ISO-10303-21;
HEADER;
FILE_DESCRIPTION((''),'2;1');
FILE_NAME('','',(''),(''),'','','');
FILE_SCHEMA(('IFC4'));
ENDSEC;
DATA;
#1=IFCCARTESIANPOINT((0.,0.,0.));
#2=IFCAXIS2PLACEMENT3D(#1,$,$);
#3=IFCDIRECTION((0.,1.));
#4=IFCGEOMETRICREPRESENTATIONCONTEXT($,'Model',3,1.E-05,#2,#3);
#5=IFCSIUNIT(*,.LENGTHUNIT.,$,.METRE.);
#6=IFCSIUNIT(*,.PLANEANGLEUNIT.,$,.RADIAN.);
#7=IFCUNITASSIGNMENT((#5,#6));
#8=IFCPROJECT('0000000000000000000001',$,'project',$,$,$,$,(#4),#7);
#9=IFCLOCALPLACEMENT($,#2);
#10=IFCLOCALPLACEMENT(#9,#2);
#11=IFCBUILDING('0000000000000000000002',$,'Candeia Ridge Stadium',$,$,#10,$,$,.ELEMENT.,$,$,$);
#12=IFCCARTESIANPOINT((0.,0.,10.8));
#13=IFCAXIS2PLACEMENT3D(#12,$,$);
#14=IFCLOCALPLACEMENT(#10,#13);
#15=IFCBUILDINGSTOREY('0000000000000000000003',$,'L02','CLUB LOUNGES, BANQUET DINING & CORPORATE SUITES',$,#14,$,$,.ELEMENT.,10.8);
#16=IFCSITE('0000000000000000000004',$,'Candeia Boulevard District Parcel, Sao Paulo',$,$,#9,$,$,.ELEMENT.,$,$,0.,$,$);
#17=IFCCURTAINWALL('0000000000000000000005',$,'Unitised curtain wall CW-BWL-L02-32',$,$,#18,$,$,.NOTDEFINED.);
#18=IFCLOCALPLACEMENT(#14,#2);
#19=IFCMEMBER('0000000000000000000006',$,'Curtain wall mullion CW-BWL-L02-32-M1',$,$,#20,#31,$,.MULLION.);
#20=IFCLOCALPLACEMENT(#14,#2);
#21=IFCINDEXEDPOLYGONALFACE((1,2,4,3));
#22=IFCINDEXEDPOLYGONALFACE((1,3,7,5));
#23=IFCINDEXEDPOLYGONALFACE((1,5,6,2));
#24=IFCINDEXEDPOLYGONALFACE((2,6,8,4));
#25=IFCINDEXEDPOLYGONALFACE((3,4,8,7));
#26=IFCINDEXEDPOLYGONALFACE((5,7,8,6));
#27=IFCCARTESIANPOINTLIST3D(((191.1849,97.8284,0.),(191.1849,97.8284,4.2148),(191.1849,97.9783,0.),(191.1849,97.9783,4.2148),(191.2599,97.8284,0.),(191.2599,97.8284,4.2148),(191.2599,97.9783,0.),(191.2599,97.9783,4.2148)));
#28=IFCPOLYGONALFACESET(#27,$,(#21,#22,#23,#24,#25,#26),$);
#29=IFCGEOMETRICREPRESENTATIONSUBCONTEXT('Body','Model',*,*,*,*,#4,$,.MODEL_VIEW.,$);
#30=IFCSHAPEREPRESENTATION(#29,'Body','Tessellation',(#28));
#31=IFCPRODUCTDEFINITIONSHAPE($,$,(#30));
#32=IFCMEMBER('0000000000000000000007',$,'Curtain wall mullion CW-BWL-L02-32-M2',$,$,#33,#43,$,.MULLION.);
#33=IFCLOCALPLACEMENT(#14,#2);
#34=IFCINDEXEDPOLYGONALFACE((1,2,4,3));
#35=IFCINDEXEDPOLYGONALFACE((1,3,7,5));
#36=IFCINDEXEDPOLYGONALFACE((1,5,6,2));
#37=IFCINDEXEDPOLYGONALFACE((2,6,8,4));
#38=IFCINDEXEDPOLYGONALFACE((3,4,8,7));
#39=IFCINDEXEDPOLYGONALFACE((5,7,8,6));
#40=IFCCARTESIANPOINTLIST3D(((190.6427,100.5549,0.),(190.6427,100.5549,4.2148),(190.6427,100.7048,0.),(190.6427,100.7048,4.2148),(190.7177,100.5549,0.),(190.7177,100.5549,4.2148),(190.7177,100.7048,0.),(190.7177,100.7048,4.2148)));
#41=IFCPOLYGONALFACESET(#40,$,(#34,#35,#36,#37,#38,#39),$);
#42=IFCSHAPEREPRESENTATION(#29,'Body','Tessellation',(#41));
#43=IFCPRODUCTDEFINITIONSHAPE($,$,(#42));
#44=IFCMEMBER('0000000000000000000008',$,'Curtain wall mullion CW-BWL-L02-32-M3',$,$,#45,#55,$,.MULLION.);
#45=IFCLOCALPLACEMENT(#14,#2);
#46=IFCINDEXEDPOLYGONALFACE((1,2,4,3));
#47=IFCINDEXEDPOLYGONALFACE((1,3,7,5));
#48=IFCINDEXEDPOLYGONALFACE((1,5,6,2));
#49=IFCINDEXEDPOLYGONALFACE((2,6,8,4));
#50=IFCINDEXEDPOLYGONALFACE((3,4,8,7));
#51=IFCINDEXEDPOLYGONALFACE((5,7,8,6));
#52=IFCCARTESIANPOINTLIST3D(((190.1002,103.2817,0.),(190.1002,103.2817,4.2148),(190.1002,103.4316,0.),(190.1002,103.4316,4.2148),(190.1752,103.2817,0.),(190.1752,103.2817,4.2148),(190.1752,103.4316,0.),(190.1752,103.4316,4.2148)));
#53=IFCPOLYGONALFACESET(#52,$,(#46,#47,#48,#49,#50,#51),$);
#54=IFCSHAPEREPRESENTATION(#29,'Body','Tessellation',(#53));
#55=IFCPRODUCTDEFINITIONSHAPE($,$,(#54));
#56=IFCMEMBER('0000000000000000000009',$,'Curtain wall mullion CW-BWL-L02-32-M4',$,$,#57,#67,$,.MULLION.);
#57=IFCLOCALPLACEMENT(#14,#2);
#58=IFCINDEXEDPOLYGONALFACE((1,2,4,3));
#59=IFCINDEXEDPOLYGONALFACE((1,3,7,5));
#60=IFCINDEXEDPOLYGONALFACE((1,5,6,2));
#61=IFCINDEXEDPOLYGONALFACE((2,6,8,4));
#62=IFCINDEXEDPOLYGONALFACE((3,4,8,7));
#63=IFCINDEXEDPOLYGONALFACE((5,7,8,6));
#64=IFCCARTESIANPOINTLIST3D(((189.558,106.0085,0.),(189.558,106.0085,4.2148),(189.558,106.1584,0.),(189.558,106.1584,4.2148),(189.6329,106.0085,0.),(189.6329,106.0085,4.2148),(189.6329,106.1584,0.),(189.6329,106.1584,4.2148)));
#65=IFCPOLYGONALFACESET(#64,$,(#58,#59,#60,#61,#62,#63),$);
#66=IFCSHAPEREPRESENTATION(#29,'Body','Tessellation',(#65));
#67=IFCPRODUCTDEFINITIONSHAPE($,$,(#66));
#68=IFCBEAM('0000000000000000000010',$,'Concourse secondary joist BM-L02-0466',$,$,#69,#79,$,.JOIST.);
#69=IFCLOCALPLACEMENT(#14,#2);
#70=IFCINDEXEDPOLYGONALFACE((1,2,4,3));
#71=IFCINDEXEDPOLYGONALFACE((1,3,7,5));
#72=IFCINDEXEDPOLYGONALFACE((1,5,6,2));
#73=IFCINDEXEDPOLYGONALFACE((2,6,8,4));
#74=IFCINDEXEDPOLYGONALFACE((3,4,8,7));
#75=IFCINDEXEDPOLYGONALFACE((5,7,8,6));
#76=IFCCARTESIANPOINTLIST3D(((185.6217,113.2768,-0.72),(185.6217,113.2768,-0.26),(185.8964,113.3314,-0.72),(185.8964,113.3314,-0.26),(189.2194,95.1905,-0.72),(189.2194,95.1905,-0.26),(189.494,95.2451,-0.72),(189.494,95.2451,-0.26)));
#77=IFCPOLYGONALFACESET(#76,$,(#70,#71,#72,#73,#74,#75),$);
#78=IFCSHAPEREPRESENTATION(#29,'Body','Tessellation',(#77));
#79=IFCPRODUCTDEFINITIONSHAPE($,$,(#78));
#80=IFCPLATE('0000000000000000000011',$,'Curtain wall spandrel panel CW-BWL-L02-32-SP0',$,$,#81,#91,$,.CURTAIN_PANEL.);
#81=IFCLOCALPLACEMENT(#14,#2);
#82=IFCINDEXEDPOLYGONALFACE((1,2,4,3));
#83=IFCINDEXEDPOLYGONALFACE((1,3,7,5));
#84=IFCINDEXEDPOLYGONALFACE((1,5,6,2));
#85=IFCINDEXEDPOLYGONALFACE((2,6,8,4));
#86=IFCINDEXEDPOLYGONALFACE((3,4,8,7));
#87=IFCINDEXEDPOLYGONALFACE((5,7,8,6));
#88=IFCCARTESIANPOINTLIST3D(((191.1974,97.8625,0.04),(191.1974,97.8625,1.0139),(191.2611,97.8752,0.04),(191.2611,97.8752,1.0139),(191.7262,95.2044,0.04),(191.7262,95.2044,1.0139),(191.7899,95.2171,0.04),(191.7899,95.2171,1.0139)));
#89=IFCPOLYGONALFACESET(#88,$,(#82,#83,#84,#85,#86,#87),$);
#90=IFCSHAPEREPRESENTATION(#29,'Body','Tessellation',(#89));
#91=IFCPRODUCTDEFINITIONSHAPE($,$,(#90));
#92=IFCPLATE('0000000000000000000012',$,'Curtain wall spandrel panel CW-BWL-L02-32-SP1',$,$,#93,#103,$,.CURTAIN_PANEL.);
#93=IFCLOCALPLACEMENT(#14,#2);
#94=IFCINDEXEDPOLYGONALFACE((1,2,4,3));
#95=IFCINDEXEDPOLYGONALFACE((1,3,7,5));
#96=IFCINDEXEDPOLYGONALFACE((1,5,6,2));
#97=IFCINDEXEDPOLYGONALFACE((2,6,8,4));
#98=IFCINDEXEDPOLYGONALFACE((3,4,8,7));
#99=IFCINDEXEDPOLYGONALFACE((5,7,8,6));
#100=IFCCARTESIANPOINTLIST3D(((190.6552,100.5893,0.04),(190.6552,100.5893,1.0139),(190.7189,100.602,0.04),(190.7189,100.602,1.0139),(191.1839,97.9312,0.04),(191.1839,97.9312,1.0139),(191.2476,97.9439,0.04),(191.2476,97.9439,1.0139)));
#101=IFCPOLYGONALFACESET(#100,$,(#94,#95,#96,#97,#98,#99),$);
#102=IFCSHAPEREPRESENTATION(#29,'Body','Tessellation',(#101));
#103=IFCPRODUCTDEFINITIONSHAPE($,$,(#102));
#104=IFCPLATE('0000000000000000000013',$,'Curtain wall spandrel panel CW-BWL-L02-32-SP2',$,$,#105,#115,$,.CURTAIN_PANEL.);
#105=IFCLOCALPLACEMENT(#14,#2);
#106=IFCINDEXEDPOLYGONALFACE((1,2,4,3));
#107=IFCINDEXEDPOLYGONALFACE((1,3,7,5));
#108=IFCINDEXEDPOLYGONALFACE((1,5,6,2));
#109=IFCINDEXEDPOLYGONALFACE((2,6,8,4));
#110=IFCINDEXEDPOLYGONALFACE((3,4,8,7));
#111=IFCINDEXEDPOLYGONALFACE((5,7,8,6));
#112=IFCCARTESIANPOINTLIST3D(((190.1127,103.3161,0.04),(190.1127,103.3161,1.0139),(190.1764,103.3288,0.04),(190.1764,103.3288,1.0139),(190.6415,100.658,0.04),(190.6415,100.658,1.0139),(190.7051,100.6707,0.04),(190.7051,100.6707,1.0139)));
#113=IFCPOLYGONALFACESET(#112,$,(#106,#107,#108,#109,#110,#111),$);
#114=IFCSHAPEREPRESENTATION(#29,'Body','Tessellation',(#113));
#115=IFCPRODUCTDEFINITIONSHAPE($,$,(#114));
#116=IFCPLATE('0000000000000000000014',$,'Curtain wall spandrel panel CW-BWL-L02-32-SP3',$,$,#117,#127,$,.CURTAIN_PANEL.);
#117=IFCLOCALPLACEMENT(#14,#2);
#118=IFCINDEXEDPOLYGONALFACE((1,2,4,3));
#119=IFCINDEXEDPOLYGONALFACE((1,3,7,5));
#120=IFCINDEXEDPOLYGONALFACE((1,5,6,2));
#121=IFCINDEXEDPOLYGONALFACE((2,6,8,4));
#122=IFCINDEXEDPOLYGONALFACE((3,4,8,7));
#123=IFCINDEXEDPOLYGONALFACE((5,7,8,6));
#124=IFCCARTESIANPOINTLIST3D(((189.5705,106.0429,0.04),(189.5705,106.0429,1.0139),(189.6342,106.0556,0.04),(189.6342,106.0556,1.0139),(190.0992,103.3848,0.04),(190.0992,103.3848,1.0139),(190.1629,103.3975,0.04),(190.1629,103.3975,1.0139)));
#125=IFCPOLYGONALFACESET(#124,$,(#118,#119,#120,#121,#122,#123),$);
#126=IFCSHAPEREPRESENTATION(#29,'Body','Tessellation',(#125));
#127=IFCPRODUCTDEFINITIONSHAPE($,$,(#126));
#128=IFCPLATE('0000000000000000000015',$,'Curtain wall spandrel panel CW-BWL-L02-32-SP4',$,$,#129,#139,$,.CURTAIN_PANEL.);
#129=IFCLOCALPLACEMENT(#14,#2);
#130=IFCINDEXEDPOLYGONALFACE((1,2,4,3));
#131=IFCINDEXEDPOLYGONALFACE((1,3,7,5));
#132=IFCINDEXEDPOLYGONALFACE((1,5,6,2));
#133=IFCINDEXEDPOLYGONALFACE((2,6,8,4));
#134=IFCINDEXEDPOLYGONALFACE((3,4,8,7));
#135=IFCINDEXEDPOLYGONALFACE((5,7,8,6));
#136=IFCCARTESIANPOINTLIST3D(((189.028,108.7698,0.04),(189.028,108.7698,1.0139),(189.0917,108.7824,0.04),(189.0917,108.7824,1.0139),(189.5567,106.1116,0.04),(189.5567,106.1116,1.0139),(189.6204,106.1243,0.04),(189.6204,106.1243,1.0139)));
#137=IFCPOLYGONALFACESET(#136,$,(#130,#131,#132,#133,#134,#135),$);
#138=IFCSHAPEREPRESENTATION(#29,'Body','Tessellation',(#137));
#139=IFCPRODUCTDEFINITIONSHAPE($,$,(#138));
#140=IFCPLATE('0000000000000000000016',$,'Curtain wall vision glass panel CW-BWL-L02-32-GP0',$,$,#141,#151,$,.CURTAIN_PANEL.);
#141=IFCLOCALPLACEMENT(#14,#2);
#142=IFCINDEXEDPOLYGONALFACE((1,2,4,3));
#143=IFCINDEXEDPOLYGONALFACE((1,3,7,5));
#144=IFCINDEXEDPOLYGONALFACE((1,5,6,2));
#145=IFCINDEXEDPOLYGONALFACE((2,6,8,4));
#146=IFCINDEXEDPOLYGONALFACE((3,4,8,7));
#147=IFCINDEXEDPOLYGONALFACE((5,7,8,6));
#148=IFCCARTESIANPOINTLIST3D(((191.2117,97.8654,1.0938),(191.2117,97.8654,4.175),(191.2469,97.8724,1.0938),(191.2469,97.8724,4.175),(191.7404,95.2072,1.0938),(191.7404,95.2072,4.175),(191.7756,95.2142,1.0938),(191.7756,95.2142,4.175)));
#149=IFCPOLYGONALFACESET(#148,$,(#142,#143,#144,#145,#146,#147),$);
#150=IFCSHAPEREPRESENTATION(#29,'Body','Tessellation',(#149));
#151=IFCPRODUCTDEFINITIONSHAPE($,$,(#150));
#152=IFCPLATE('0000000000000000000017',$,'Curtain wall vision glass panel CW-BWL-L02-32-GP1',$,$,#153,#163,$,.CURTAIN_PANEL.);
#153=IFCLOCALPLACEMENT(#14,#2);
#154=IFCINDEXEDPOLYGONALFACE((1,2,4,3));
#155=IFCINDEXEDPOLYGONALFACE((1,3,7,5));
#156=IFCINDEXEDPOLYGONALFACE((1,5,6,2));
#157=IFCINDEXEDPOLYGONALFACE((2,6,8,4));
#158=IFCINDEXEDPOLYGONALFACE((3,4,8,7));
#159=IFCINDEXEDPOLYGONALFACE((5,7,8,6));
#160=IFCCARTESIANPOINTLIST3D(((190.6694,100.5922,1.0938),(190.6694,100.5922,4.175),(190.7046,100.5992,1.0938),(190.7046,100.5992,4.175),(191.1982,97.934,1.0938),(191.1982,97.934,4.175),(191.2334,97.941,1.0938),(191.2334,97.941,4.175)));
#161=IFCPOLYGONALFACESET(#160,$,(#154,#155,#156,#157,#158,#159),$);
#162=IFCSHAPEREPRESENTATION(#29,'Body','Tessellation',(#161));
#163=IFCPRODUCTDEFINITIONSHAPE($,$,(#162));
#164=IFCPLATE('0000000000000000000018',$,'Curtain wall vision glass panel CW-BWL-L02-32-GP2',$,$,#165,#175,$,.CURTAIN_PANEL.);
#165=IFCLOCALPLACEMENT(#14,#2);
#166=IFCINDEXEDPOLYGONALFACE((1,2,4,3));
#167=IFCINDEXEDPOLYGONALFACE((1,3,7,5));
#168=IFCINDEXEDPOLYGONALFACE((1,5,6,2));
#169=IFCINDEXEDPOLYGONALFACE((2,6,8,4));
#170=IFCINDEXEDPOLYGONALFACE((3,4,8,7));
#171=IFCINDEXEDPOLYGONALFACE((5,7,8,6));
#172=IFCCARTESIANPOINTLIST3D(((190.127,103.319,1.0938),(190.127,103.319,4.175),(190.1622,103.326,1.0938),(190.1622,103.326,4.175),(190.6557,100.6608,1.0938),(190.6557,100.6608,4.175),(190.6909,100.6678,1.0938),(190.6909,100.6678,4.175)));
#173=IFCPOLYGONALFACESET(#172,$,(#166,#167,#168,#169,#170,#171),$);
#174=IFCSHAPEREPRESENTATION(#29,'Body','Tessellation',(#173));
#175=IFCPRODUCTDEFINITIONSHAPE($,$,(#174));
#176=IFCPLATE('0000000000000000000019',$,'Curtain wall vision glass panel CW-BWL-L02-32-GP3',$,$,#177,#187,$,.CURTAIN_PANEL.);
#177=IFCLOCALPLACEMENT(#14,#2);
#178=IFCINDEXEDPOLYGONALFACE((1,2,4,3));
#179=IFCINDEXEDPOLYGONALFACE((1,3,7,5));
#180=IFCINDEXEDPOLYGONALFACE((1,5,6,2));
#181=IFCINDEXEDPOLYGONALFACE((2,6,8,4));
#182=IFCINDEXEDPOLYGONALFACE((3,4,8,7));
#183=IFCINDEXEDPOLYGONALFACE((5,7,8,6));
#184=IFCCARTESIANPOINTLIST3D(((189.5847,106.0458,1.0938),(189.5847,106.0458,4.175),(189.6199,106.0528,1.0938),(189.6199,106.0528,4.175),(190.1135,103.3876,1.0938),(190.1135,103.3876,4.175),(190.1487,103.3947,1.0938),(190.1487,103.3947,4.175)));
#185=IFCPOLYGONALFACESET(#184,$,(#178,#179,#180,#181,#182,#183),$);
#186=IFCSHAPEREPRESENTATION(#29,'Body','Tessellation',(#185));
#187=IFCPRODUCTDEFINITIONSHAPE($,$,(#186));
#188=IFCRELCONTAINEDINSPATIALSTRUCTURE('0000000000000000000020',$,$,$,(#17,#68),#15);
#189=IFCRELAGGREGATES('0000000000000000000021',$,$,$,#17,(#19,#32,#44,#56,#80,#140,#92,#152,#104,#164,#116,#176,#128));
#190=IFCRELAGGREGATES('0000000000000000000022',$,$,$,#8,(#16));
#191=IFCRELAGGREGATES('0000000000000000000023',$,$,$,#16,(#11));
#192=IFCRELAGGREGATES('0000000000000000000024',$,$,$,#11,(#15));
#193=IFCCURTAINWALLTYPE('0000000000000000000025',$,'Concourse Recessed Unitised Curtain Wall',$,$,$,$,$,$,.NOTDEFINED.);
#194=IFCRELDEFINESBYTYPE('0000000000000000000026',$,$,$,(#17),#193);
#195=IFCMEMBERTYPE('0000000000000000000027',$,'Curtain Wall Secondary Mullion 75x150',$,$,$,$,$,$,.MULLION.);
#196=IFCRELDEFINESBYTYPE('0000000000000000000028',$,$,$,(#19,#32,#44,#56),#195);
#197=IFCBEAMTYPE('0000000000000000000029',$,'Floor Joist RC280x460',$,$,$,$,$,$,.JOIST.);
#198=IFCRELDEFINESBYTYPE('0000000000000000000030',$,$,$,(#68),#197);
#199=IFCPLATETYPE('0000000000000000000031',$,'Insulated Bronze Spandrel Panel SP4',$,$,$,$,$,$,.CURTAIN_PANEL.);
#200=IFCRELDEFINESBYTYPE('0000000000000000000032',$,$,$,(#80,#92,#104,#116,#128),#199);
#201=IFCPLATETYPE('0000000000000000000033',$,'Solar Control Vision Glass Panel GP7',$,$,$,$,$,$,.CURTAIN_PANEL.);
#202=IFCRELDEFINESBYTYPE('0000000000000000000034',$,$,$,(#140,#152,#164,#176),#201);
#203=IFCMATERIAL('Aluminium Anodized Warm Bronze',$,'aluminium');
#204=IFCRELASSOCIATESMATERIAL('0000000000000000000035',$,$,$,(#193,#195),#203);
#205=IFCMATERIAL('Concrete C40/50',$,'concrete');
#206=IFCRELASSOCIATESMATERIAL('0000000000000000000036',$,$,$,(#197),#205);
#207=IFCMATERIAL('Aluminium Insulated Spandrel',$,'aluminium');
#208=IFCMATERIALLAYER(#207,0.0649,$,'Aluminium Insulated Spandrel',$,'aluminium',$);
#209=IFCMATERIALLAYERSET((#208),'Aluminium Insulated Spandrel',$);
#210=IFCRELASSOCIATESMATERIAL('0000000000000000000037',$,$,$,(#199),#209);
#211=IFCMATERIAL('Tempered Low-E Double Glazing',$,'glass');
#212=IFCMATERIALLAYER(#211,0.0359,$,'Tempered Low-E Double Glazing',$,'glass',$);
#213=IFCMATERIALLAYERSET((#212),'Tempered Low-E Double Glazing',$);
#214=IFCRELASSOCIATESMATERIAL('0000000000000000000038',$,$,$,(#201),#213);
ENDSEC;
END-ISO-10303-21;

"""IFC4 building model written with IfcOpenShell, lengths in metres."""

from ifc_helpers import new_model, si_unit, direction, frame, origin, origin_2d, place, context, subcontext, project, spatial, rectangle, extrude, material, layer, layer_set, material_profile, profile_set, type_object, element, aggregate, save


model = new_model("IFC4")

# Units and contexts
model_context = context("Model", 3, precision=1e-05, world=origin(), true_north=direction((0.0, 1.0)))
body_context = subcontext(model_context, "Body", "Model", "MODEL_VIEW")
ifc_project = project(units=[si_unit("LENGTHUNIT", "METRE"), si_unit("PLANEANGLEUNIT", "RADIAN")], contexts=[model_context])

# Site, building, storey
site_placement = place(None, origin())
site = spatial("IfcSite", under=ifc_project, at=site_placement, Name="Candeia Boulevard District Parcel, Sao Paulo", CompositionType="ELEMENT", RefElevation=0.0)
building_placement = place(site_placement, origin())
building = spatial("IfcBuilding", under=site, at=building_placement, Name="Candeia Ridge Stadium", CompositionType="ELEMENT")
storey_placement = place(building_placement, frame((0.0, 0.0, 10.8)))
storey = spatial("IfcBuildingStorey", under=building, at=storey_placement, Name="L02", Description="CLUB LOUNGES, BANQUET DINING & CORPORATE SUITES", CompositionType="ELEMENT", Elevation=10.8)

# Curtain wall, members
ifc_material_1 = material(Name="Aluminium Anodized Warm Bronze", Category="aluminium")
curtain_wall_type = type_object("IfcCurtainWallType", Name="Concourse Recessed Unitised Curtain Wall", PredefinedType="NOTDEFINED", material=ifc_material_1)
curtain_wall_placement = place(storey_placement, origin())
curtain_wall = element("IfcCurtainWall", 1, at=curtain_wall_placement, inside=storey, type_object=curtain_wall_type, Name="Unitised curtain wall CW-BWL-L02-32", PredefinedType="NOTDEFINED")
ifc_material_profile_1 = material_profile(ifc_material_1, rectangle(XDim=0.075, YDim=0.1499, at=origin_2d()), Name="CWM-75x150", Category="aluminium")
ifc_profile_set_1 = profile_set([ifc_material_profile_1], Name="Aluminium Anodized Warm Bronze")
member_type = type_object("IfcMemberType", Name="Curtain Wall Secondary Mullion 75x150", PredefinedType="MULLION", material=ifc_profile_set_1)
member_1_placement = place(storey_placement, frame((191.2224, 97.9033, 0.0), z_axis=(0.0, 0.0, 1.0), x_axis=(1.0, 0.0, 0.0)))
member_1 = element("IfcMember", 2, at=member_1_placement, type_object=member_type, Name="Curtain wall mullion CW-BWL-L02-32-M1", PredefinedType="MULLION", context=body_context, shape_type="SweptSolid", body=[
    extrude(rectangle(XDim=0.075, YDim=0.1499, at=origin_2d()), origin(), (0.0, 0.0, 1.0), 4.2148),
])
member_2_placement = place(storey_placement, frame((190.6802, 100.6299, 0.0), z_axis=(0.0, 0.0, 1.0), x_axis=(1.0, 0.0, 0.0)))
member_2 = element("IfcMember", 3, at=member_2_placement, type_object=member_type, Name="Curtain wall mullion CW-BWL-L02-32-M2", PredefinedType="MULLION", context=body_context, shape_type="SweptSolid", body=[
    extrude(rectangle(XDim=0.075, YDim=0.1499, at=origin_2d()), origin(), (0.0, 0.0, 1.0), 4.2148),
])
member_3_placement = place(storey_placement, frame((190.1377, 103.3567, 0.0), z_axis=(0.0, 0.0, 1.0), x_axis=(1.0, 0.0, 0.0)))
member_3 = element("IfcMember", 4, at=member_3_placement, type_object=member_type, Name="Curtain wall mullion CW-BWL-L02-32-M3", PredefinedType="MULLION", context=body_context, shape_type="SweptSolid", body=[
    extrude(rectangle(XDim=0.075, YDim=0.1499, at=origin_2d()), origin(), (0.0, 0.0, 1.0), 4.2148),
])
member_4_placement = place(storey_placement, frame((189.5955, 106.0835, 0.0), z_axis=(0.0, 0.0, 1.0), x_axis=(1.0, 0.0, 0.0)))
member_4 = element("IfcMember", 5, at=member_4_placement, type_object=member_type, Name="Curtain wall mullion CW-BWL-L02-32-M4", PredefinedType="MULLION", context=body_context, shape_type="SweptSolid", body=[
    extrude(rectangle(XDim=0.075, YDim=0.1499, at=origin_2d()), origin(), (0.0, 0.0, 1.0), 4.2148),
])

# Beam
ifc_material_2 = material(Name="Concrete C40/50", Category="concrete")
ifc_material_profile_2 = material_profile(ifc_material_2, rectangle(XDim=0.28, YDim=0.46, at=origin_2d()), Name="RC280x460", Category="concrete")
ifc_profile_set_2 = profile_set([ifc_material_profile_2], Name="Concrete C40/50")
beam_type = type_object("IfcBeamType", Name="Floor Joist RC280x460", PredefinedType="JOIST", material=ifc_profile_set_2)
beam_placement = place(storey_placement, frame((189.3567, 95.2178, -0.49), z_axis=(-0.195093, 0.980785, 0.0), x_axis=(-0.980785, -0.195093, 0.0)))
element("IfcBeam", 6, at=beam_placement, inside=storey, type_object=beam_type, Name="Concourse secondary joist BM-L02-0466", PredefinedType="JOIST", context=body_context, shape_type="SweptSolid", body=[
    extrude(rectangle(XDim=0.28, YDim=0.46, at=origin_2d()), origin(), (0.0, 0.0, 1.0), 18.4407),
])

# Plates
ifc_material_3 = material(Name="Aluminium Insulated Spandrel", Category="aluminium")
ifc_layer_1 = layer(ifc_material_3, 0.0649, Name="Aluminium Insulated Spandrel", Category="aluminium")
ifc_layer_set_1 = layer_set([ifc_layer_1], Name="Aluminium Insulated Spandrel")
plate_type_1 = type_object("IfcPlateType", Name="Insulated Bronze Spandrel Panel SP4", PredefinedType="CURTAIN_PANEL", material=ifc_layer_set_1)
plate_1_placement = place(storey_placement, frame((191.4937, 96.5398, 0.04), z_axis=(0.0, 0.0, 1.0), x_axis=(-0.19509, 0.980785, 0.0)))
plate_1 = element("IfcPlate", 7, at=plate_1_placement, type_object=plate_type_1, Name="Curtain wall spandrel panel CW-BWL-L02-32-SP0", PredefinedType="CURTAIN_PANEL", context=body_context, shape_type="SweptSolid", body=[
    extrude(rectangle(XDim=2.7102, YDim=0.0649, at=origin_2d()), origin(), (0.0, 0.0, 1.0), 0.9739),
])
plate_2_placement = place(storey_placement, frame((190.9514, 99.2666, 0.04), z_axis=(0.0, 0.0, 1.0), x_axis=(-0.19509, 0.980785, 0.0)))
plate_2 = element("IfcPlate", 8, at=plate_2_placement, type_object=plate_type_1, Name="Curtain wall spandrel panel CW-BWL-L02-32-SP1", PredefinedType="CURTAIN_PANEL", context=body_context, shape_type="SweptSolid", body=[
    extrude(rectangle(XDim=2.7102, YDim=0.0649, at=origin_2d()), origin(), (0.0, 0.0, 1.0), 0.9739),
])
plate_3_placement = place(storey_placement, frame((190.4089, 101.9934, 0.04), z_axis=(0.0, 0.0, 1.0), x_axis=(-0.19509, 0.980785, 0.0)))
plate_3 = element("IfcPlate", 9, at=plate_3_placement, type_object=plate_type_1, Name="Curtain wall spandrel panel CW-BWL-L02-32-SP2", PredefinedType="CURTAIN_PANEL", context=body_context, shape_type="SweptSolid", body=[
    extrude(rectangle(XDim=2.7102, YDim=0.0649, at=origin_2d()), origin(), (0.0, 0.0, 1.0), 0.9739),
])
plate_4_placement = place(storey_placement, frame((189.8667, 104.7202, 0.04), z_axis=(0.0, 0.0, 1.0), x_axis=(-0.19509, 0.980785, 0.0)))
plate_4 = element("IfcPlate", 10, at=plate_4_placement, type_object=plate_type_1, Name="Curtain wall spandrel panel CW-BWL-L02-32-SP3", PredefinedType="CURTAIN_PANEL", context=body_context, shape_type="SweptSolid", body=[
    extrude(rectangle(XDim=2.7102, YDim=0.0649, at=origin_2d()), origin(), (0.0, 0.0, 1.0), 0.9739),
])
plate_5_placement = place(storey_placement, frame((189.3242, 107.447, 0.04), z_axis=(0.0, 0.0, 1.0), x_axis=(-0.19509, 0.980785, 0.0)))
plate_5 = element("IfcPlate", 11, at=plate_5_placement, type_object=plate_type_1, Name="Curtain wall spandrel panel CW-BWL-L02-32-SP4", PredefinedType="CURTAIN_PANEL", context=body_context, shape_type="SweptSolid", body=[
    extrude(rectangle(XDim=2.7102, YDim=0.0649, at=origin_2d()), origin(), (0.0, 0.0, 1.0), 0.9739),
])
ifc_material_4 = material(Name="Tempered Low-E Double Glazing", Category="glass")
ifc_layer_2 = layer(ifc_material_4, 0.0359, Name="Tempered Low-E Double Glazing", Category="glass")
ifc_layer_set_2 = layer_set([ifc_layer_2], Name="Tempered Low-E Double Glazing")
plate_type_2 = type_object("IfcPlateType", Name="Solar Control Vision Glass Panel GP7", PredefinedType="CURTAIN_PANEL", material=ifc_layer_set_2)
plate_6_placement = place(storey_placement, frame((191.4937, 96.5398, 1.0938), z_axis=(0.0, 0.0, 1.0), x_axis=(-0.19509, 0.980785, 0.0)))
plate_6 = element("IfcPlate", 12, at=plate_6_placement, type_object=plate_type_2, Name="Curtain wall vision glass panel CW-BWL-L02-32-GP0", PredefinedType="CURTAIN_PANEL", context=body_context, shape_type="SweptSolid", body=[
    extrude(rectangle(XDim=2.7102, YDim=0.0359, at=origin_2d()), origin(), (0.0, 0.0, 1.0), 3.0813),
])
plate_7_placement = place(storey_placement, frame((190.9514, 99.2666, 1.0938), z_axis=(0.0, 0.0, 1.0), x_axis=(-0.19509, 0.980785, 0.0)))
plate_7 = element("IfcPlate", 13, at=plate_7_placement, type_object=plate_type_2, Name="Curtain wall vision glass panel CW-BWL-L02-32-GP1", PredefinedType="CURTAIN_PANEL", context=body_context, shape_type="SweptSolid", body=[
    extrude(rectangle(XDim=2.7102, YDim=0.0359, at=origin_2d()), origin(), (0.0, 0.0, 1.0), 3.0813),
])
plate_8_placement = place(storey_placement, frame((190.4089, 101.9934, 1.0938), z_axis=(0.0, 0.0, 1.0), x_axis=(-0.19509, 0.980785, 0.0)))
plate_8 = element("IfcPlate", 14, at=plate_8_placement, type_object=plate_type_2, Name="Curtain wall vision glass panel CW-BWL-L02-32-GP2", PredefinedType="CURTAIN_PANEL", context=body_context, shape_type="SweptSolid", body=[
    extrude(rectangle(XDim=2.7102, YDim=0.0359, at=origin_2d()), origin(), (0.0, 0.0, 1.0), 3.0813),
])
plate_9_placement = place(storey_placement, frame((189.8667, 104.7202, 1.0938), z_axis=(0.0, 0.0, 1.0), x_axis=(-0.19509, 0.980785, 0.0)))
plate_9 = element("IfcPlate", 15, at=plate_9_placement, type_object=plate_type_2, Name="Curtain wall vision glass panel CW-BWL-L02-32-GP3", PredefinedType="CURTAIN_PANEL", context=body_context, shape_type="SweptSolid", body=[
    extrude(rectangle(XDim=2.7102, YDim=0.0359, at=origin_2d()), origin(), (0.0, 0.0, 1.0), 3.0813),
])
aggregate(curtain_wall, [member_1, member_2, member_3, member_4, plate_1, plate_6, plate_2, plate_7, plate_3, plate_8, plate_4, plate_9, plate_5])

save(model, "model.ifc")
